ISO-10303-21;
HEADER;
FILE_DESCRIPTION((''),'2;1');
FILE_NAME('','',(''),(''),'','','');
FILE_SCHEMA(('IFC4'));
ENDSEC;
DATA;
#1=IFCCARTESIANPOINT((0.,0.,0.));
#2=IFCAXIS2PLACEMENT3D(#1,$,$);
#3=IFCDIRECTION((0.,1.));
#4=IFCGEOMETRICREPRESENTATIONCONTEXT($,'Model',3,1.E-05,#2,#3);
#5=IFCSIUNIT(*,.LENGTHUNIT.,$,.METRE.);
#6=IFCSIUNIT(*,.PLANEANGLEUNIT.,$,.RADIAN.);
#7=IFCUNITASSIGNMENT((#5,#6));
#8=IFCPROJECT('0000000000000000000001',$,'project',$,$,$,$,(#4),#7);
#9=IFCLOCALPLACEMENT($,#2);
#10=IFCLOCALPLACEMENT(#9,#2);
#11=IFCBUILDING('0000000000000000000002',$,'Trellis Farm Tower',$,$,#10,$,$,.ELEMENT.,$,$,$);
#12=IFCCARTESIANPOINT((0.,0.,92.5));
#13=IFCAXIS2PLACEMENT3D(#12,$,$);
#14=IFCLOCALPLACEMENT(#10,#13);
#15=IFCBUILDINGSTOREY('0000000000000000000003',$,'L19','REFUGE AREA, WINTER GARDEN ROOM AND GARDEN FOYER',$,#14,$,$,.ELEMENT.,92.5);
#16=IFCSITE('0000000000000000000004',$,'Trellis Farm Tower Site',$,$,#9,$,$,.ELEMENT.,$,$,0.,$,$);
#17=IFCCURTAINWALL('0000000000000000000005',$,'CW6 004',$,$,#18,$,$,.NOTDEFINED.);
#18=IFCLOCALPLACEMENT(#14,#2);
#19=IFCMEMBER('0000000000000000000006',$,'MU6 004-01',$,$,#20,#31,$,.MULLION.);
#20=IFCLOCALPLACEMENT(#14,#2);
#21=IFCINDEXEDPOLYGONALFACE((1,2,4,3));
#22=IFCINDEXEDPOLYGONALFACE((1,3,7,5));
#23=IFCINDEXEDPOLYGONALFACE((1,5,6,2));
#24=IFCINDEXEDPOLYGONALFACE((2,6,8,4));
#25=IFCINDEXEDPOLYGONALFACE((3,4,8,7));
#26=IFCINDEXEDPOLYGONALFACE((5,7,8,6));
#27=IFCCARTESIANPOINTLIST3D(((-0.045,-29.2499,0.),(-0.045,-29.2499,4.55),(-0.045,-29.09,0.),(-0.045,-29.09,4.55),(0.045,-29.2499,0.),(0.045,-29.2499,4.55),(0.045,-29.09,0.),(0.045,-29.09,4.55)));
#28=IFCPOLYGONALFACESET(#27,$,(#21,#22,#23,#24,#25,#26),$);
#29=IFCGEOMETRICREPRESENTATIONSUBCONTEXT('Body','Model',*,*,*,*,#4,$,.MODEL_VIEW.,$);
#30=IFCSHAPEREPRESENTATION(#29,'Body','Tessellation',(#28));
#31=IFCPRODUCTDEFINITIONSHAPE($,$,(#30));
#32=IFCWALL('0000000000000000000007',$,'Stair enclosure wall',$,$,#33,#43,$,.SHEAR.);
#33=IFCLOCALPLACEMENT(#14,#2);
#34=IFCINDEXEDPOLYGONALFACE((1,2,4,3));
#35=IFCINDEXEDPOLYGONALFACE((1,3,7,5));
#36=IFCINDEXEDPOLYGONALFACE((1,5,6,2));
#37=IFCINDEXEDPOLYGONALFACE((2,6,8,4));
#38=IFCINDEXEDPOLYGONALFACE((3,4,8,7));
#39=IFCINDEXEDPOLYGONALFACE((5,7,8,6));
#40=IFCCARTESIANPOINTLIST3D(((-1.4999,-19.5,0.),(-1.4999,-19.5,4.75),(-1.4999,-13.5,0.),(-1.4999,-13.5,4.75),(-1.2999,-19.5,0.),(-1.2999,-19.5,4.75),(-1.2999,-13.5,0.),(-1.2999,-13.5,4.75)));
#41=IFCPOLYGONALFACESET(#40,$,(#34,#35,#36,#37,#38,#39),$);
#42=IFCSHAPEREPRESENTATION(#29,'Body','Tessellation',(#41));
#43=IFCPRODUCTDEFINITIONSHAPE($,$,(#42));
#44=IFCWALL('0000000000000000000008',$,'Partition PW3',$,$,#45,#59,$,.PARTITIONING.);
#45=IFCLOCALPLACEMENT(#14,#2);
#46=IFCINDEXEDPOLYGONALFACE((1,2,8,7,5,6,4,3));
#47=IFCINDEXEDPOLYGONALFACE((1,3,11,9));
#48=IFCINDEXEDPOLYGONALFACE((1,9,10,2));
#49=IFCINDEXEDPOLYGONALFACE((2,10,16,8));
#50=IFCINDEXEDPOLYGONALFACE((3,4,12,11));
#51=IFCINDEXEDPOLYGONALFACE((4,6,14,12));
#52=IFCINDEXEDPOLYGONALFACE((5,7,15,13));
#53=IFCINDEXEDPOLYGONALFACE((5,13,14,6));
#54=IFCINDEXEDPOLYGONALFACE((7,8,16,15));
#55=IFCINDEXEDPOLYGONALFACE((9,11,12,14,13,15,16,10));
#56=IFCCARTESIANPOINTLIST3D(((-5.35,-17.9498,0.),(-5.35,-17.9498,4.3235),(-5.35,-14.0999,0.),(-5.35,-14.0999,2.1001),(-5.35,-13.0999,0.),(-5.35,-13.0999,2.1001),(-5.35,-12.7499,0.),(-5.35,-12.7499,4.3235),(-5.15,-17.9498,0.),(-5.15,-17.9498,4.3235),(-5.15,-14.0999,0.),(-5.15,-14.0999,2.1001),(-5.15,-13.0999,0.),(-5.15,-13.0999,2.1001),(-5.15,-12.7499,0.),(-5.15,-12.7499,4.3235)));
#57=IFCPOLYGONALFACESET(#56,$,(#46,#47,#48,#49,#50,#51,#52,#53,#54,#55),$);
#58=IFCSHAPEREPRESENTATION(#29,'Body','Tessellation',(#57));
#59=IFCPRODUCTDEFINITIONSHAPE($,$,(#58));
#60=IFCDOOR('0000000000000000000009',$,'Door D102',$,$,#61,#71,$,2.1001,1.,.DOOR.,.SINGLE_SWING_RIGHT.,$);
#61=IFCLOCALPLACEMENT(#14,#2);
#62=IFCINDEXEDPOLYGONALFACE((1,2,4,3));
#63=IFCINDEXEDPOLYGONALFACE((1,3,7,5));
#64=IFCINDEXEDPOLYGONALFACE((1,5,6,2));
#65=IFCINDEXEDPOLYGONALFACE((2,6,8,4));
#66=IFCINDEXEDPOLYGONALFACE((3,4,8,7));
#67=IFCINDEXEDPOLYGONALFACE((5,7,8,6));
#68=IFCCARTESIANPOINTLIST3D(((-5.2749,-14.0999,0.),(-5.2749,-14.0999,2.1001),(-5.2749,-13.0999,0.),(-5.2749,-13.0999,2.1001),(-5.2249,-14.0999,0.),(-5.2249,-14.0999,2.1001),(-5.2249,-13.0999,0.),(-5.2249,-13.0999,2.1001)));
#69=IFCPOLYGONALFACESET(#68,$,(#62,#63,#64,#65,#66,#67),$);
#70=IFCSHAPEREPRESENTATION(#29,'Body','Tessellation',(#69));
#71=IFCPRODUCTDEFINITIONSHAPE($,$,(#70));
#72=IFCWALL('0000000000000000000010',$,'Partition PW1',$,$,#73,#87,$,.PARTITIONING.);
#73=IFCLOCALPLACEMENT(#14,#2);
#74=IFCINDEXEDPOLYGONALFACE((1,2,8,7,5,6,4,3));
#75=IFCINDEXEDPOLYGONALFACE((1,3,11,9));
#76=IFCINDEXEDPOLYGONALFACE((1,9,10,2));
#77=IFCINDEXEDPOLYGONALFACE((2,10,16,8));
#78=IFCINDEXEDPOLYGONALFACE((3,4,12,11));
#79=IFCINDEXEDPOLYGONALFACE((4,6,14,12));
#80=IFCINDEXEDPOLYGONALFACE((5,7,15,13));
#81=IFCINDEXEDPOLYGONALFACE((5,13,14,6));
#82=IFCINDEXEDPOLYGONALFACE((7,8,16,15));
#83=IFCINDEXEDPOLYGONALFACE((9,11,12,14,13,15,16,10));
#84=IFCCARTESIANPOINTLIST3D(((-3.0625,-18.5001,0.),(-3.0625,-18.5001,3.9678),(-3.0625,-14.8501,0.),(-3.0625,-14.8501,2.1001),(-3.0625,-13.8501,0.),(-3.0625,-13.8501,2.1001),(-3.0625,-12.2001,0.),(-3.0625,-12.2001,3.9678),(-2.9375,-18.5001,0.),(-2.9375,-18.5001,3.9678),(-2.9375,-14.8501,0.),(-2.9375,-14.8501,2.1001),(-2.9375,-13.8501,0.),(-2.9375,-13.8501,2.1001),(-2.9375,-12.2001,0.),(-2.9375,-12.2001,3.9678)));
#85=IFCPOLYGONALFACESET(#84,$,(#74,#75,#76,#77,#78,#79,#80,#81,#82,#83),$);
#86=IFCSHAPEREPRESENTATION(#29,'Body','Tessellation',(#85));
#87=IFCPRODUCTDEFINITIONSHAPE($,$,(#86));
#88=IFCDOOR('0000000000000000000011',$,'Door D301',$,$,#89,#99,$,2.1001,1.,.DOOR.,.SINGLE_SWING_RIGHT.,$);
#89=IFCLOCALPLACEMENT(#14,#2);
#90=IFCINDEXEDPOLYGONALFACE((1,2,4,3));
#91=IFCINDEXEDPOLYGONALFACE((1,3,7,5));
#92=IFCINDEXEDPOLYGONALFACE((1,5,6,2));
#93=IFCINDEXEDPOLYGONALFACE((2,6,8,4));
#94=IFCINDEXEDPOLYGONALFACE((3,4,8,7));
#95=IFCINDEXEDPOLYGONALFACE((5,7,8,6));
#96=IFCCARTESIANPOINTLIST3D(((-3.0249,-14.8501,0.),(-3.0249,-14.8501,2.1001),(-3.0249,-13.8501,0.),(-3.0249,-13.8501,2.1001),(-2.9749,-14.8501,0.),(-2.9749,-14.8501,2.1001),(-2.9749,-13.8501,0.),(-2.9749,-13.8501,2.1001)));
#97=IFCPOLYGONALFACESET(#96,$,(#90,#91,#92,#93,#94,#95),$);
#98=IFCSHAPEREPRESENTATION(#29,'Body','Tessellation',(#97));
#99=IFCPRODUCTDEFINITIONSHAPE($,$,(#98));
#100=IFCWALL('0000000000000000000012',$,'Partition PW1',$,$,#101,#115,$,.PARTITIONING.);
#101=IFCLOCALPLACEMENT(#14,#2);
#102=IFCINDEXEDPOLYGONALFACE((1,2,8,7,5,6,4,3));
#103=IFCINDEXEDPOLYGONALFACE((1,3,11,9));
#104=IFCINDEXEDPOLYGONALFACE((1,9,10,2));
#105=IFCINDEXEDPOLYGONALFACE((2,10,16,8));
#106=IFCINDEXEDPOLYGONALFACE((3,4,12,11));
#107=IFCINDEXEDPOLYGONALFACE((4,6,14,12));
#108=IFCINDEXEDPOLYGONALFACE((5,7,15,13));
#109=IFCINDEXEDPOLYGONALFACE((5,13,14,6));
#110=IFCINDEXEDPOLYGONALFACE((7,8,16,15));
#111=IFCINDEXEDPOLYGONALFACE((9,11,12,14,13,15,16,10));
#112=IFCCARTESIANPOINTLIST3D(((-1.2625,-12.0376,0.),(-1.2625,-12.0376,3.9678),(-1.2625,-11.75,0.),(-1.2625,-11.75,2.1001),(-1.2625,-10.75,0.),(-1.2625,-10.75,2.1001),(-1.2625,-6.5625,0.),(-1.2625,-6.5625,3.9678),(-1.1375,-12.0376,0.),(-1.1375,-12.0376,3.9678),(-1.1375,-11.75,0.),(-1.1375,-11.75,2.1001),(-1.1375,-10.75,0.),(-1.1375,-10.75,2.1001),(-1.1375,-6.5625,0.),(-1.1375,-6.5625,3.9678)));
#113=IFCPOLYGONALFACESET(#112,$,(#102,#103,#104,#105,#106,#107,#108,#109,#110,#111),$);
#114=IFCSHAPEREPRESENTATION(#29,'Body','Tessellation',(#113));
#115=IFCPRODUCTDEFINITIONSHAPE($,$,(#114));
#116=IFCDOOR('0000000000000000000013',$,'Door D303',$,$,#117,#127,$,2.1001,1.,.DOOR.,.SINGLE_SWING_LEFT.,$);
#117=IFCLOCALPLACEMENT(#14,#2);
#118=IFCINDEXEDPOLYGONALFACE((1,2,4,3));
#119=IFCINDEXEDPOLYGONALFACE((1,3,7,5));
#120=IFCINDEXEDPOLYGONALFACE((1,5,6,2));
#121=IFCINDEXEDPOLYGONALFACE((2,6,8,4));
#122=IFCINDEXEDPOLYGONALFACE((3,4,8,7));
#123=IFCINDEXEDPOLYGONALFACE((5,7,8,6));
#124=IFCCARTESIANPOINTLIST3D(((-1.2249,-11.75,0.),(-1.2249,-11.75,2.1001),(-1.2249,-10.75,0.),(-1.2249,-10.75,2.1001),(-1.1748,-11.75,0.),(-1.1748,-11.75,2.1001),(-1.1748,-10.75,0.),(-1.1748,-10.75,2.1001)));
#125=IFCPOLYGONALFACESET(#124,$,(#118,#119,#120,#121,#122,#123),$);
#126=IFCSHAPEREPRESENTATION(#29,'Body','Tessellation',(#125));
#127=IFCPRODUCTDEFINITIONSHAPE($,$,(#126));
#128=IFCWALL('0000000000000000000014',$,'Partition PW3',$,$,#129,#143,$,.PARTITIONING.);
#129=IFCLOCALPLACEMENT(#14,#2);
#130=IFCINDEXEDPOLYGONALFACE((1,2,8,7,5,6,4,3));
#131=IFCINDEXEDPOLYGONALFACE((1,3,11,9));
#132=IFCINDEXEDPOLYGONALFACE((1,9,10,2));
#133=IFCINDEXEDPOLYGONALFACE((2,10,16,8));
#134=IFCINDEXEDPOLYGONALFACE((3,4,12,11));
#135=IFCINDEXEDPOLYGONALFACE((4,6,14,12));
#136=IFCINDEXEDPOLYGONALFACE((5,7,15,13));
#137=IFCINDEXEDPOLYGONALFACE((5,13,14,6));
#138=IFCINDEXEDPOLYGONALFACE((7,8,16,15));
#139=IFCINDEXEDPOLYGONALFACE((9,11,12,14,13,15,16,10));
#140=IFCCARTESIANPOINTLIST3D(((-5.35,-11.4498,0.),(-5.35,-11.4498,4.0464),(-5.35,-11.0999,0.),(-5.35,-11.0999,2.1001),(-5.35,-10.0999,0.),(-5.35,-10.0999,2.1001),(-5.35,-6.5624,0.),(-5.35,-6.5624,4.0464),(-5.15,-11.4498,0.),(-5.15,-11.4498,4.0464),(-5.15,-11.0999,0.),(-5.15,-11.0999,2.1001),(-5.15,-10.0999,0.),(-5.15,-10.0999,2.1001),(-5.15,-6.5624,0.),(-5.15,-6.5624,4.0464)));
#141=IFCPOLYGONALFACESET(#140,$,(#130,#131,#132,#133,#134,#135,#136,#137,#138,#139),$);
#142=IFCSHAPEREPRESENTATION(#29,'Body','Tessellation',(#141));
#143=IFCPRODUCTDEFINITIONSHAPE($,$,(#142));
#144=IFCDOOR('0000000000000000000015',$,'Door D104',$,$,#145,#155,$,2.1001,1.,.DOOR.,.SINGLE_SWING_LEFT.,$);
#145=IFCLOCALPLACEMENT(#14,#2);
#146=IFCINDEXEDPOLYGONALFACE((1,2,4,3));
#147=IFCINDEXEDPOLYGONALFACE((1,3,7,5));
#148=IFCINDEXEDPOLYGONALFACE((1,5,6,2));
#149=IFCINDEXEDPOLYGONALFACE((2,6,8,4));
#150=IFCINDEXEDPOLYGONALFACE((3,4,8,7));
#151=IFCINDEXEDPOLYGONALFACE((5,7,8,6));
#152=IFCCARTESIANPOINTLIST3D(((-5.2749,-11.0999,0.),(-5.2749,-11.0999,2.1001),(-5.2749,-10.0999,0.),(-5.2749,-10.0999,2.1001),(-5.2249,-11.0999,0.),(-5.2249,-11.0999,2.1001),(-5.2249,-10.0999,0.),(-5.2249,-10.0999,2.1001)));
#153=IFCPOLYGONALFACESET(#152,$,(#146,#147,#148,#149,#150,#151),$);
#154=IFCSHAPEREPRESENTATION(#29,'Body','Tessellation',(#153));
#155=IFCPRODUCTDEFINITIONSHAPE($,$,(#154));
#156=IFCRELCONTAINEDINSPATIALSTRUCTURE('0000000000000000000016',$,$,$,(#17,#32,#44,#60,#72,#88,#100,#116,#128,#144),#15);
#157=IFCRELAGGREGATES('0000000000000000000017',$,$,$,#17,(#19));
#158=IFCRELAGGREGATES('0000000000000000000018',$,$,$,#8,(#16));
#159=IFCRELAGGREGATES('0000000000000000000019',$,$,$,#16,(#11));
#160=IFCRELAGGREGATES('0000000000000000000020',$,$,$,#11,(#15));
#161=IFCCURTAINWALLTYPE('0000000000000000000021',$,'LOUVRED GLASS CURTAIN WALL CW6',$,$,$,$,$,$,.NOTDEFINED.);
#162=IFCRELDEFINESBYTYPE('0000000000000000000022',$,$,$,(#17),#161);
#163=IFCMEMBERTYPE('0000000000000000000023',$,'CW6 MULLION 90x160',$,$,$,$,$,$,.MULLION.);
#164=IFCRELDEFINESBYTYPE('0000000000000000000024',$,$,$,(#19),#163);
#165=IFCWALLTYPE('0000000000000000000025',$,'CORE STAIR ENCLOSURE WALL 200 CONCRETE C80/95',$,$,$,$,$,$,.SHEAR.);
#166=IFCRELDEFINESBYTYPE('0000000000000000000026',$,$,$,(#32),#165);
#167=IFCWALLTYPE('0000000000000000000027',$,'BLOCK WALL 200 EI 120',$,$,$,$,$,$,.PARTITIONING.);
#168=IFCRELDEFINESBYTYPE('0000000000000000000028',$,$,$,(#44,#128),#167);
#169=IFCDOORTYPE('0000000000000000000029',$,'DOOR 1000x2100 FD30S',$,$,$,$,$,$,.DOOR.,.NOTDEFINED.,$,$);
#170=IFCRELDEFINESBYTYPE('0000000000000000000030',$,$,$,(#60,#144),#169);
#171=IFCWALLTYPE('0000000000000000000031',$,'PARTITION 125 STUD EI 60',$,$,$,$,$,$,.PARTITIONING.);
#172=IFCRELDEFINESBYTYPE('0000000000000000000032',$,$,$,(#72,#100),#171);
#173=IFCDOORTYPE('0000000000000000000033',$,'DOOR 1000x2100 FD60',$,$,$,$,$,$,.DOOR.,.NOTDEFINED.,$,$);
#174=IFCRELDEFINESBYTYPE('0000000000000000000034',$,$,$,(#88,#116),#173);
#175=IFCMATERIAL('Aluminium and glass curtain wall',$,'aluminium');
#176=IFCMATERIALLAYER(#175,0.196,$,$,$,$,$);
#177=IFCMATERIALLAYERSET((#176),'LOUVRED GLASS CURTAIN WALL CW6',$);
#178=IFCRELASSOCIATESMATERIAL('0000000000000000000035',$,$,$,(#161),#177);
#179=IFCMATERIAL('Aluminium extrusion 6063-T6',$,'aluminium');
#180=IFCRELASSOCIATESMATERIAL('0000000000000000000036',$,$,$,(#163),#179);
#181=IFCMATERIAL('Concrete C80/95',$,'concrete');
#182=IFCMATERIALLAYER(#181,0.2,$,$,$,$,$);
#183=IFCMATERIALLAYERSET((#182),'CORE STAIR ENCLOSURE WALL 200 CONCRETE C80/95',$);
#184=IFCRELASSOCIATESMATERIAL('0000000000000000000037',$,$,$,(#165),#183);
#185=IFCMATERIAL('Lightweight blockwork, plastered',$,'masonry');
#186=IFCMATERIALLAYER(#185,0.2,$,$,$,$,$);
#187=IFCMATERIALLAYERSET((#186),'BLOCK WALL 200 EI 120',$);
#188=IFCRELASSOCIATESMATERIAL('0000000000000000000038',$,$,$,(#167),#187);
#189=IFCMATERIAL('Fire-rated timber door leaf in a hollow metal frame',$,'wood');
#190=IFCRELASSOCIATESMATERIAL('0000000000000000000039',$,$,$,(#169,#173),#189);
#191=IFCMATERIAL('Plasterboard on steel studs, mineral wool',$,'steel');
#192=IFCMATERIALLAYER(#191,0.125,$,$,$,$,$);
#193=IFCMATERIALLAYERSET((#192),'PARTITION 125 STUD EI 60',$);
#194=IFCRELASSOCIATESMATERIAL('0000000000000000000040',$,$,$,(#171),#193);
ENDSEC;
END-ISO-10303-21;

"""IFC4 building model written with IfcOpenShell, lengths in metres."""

from ifc_helpers import new_model, si_unit, direction, frame, frame_2d, origin, origin_2d, place, context, subcontext, project, spatial, rectangle, extrude, source, transform, mapped, material, layer, layer_set, material_profile, profile_set, type_object, element, fill, aggregate, save


model = new_model("IFC4")

# Units and contexts
model_context = context("Model", 3, precision=1e-05, world=origin(), true_north=direction((0.0, 1.0)))
body_context = subcontext(model_context, "Body", "Model", "MODEL_VIEW")
ifc_project = project(units=[si_unit("LENGTHUNIT", "METRE"), si_unit("PLANEANGLEUNIT", "RADIAN")], contexts=[model_context])

# Site, building, storey
site_placement = place(None, origin())
site = spatial("IfcSite", under=ifc_project, at=site_placement, Name="Trellis Farm Tower Site", CompositionType="ELEMENT", RefElevation=0.0)
building_placement = place(site_placement, origin())
building = spatial("IfcBuilding", under=site, at=building_placement, Name="Trellis Farm Tower", CompositionType="ELEMENT")
storey_placement = place(building_placement, frame((0.0, 0.0, 92.5)))
storey = spatial("IfcBuildingStorey", under=building, at=storey_placement, Name="L19", Description="REFUGE AREA, WINTER GARDEN ROOM AND GARDEN FOYER", CompositionType="ELEMENT", Elevation=92.5)

# Shared definitions
ifc_material_1 = material(Name="Concrete C80/95", Category="concrete")

# Curtain wall, member
ifc_material_2 = material(Name="Aluminium and glass curtain wall", Category="aluminium")
ifc_layer_1 = layer(ifc_material_2, 0.196)
ifc_layer_set_1 = layer_set([ifc_layer_1], Name="LOUVRED GLASS CURTAIN WALL CW6")
curtain_wall_type = type_object("IfcCurtainWallType", Name="LOUVRED GLASS CURTAIN WALL CW6", PredefinedType="NOTDEFINED", material=ifc_layer_set_1)
placement = place(storey_placement, origin())
curtain_wall = element("IfcCurtainWall", 1, at=placement, inside=storey, type_object=curtain_wall_type, Name="CW6 004", PredefinedType="NOTDEFINED")
ifc_material_3 = material(Name="Aluminium extrusion 6063-T6", Category="aluminium")
ifc_material_profile_1 = material_profile(ifc_material_3, rectangle(XDim=0.0901, YDim=0.1599, at=origin_2d()), Name="MULLION 90x160")
ifc_profile_set_1 = profile_set([ifc_material_profile_1], Name="Aluminium extrusion 6063-T6")
member_type_1 = type_object("IfcMemberType", Name="CW6 MULLION 90x160", PredefinedType="MULLION", material=ifc_profile_set_1)
shared_shape_1 = source(origin(), body_context, "Body", "SweptSolid", [
    extrude(rectangle(XDim=0.0901, YDim=0.1599, at=origin_2d()), origin(), (0.0, 0.0, 1.0), 4.55),
])
member_1_placement = place(storey_placement, frame((0.0, -29.1699, 0.0), z_axis=(0.0, 0.0, 1.0), x_axis=(1.0, 0.0, 0.0)))
member_1 = element("IfcMember", 2, at=member_1_placement, type_object=member_type_1, Name="MU6 004-01", PredefinedType="MULLION", context=body_context, shape_type="MappedRepresentation", body=[
    mapped(shared_shape_1, transform((0.0, 0.0, 0.0))),
])
aggregate(curtain_wall, [member_1])

# Wall
ifc_layer_2 = layer(ifc_material_1, 0.2)
ifc_layer_set_2 = layer_set([ifc_layer_2], Name="CORE STAIR ENCLOSURE WALL 200 CONCRETE C80/95")
wall_type_1 = type_object("IfcWallType", Name="CORE STAIR ENCLOSURE WALL 200 CONCRETE C80/95", PredefinedType="SHEAR", material=ifc_layer_set_2)
shared_shape_2 = source(origin(), body_context, "Body", "SweptSolid", [
    extrude(rectangle(XDim=6.0, YDim=0.2, at=frame_2d((3.0, 0.0))), origin(), (0.0, 0.0, 1.0), 4.75),
])
wall_1_placement = place(storey_placement, frame((-1.3999, -13.5, 0.0), z_axis=(0.0, 0.0, 1.0), x_axis=(0.0, -1.0, 0.0)))
element("IfcWall", 3, at=wall_1_placement, inside=storey, type_object=wall_type_1, Name="Stair enclosure wall", PredefinedType="SHEAR", context=body_context, shape_type="MappedRepresentation", body=[
    mapped(shared_shape_2, transform((0.0, 0.0, 0.0))),
])

# Walls, openings, doors
ifc_material_4 = material(Name="Lightweight blockwork, plastered", Category="masonry")
ifc_layer_3 = layer(ifc_material_4, 0.2)
ifc_layer_set_3 = layer_set([ifc_layer_3], Name="BLOCK WALL 200 EI 120")
wall_type_2 = type_object("IfcWallType", Name="BLOCK WALL 200 EI 120", PredefinedType="PARTITIONING", material=ifc_layer_set_3)
shared_shape_3 = source(origin(), body_context, "Body", "SweptSolid", [
    extrude(rectangle(XDim=5.2, YDim=0.2, at=frame_2d((2.6001, 0.0))), origin(), (0.0, 0.0, 1.0), 4.3235),
])
wall_2_placement = place(storey_placement, frame((-5.25, -17.95, 0.0), z_axis=(0.0, 0.0, 1.0), x_axis=(0.0, 1.0, 0.0)))
wall_2 = element("IfcWall", 4, at=wall_2_placement, inside=storey, type_object=wall_type_2, Name="Partition PW3", PredefinedType="PARTITIONING", context=body_context, shape_type="MappedRepresentation", body=[
    mapped(shared_shape_3, transform((0.0, 0.0, 0.0))),
])
shared_shape_4 = source(origin(), body_context, "Body", "SweptSolid", [
    extrude(rectangle(XDim=1.0, YDim=2.1001, at=frame_2d((0.5, 1.05))), frame((0.0, 0.1101, 0.0), z_axis=(0.0, -1.0, 0.0), x_axis=(1.0, 0.0, 0.0)), (0.0, 0.0, 1.0), 0.2202),
])
opening_1_placement = place(wall_2_placement, frame((3.8501, 0.0, 0.0)))
opening_1 = element("IfcOpeningElement", 5, at=opening_1_placement, cuts=wall_2, PredefinedType="OPENING", context=body_context, shape_type="MappedRepresentation", body=[
    mapped(shared_shape_4, transform((0.0, 0.0, 0.0))),
])
ifc_material_5 = material(Name="Fire-rated timber door leaf in a hollow metal frame", Category="wood")
door_type_1 = type_object("IfcDoorType", Name="DOOR 1000x2100 FD30S", OperationType="NOTDEFINED", PredefinedType="DOOR", material=ifc_material_5)
shared_shape_5 = source(origin(), body_context, "Body", "SweptSolid", [
    extrude(rectangle(XDim=1.0, YDim=2.1001, at=frame_2d((0.5, 1.05))), frame((0.0, 0.0249, 0.0), z_axis=(0.0, -1.0, 0.0), x_axis=(1.0, 0.0, 0.0)), (0.0, 0.0, 1.0), 0.05),
])
door_1_placement = place(opening_1_placement, origin())
door_1 = element("IfcDoor", 6, at=door_1_placement, inside=storey, type_object=door_type_1, Name="Door D102", OperationType="SINGLE_SWING_RIGHT", OverallHeight=2.1001, OverallWidth=1.0, PredefinedType="DOOR", context=body_context, shape_type="MappedRepresentation", body=[
    mapped(shared_shape_5, transform((0.0, 0.0, 0.0))),
])
fill(opening_1, door_1)
ifc_material_6 = material(Name="Plasterboard on steel studs, mineral wool", Category="steel")
ifc_layer_4 = layer(ifc_material_6, 0.125)
ifc_layer_set_4 = layer_set([ifc_layer_4], Name="PARTITION 125 STUD EI 60")
wall_type_3 = type_object("IfcWallType", Name="PARTITION 125 STUD EI 60", PredefinedType="PARTITIONING", material=ifc_layer_set_4)
shared_shape_6 = source(origin(), body_context, "Body", "SweptSolid", [
    extrude(rectangle(XDim=6.3, YDim=0.125, at=frame_2d((3.1499, 0.0))), origin(), (0.0, 0.0, 1.0), 3.9678),
])
wall_3_placement = place(storey_placement, frame((-3.0, -18.5, 0.0), z_axis=(0.0, 0.0, 1.0), x_axis=(0.0, 1.0, 0.0)))
wall_3 = element("IfcWall", 7, at=wall_3_placement, inside=storey, type_object=wall_type_3, Name="Partition PW1", PredefinedType="PARTITIONING", context=body_context, shape_type="MappedRepresentation", body=[
    mapped(shared_shape_6, transform((0.0, 0.0, 0.0))),
])
shared_shape_7 = source(origin(), body_context, "Body", "SweptSolid", [
    extrude(rectangle(XDim=1.0, YDim=2.1001, at=frame_2d((0.5, 1.05))), frame((0.0, 0.0725, 0.0), z_axis=(0.0, -1.0, 0.0), x_axis=(1.0, 0.0, 0.0)), (0.0, 0.0, 1.0), 0.145),
])
opening_2_placement = place(wall_3_placement, frame((3.6499, 0.0, 0.0)))
opening_2 = element("IfcOpeningElement", 8, at=opening_2_placement, cuts=wall_3, PredefinedType="OPENING", context=body_context, shape_type="MappedRepresentation", body=[
    mapped(shared_shape_7, transform((0.0, 0.0, 0.0))),
])
door_type_2 = type_object("IfcDoorType", Name="DOOR 1000x2100 FD60", OperationType="NOTDEFINED", PredefinedType="DOOR", material=ifc_material_5)
door_2_placement = place(opening_2_placement, origin())
door_2 = element("IfcDoor", 9, at=door_2_placement, inside=storey, type_object=door_type_2, Name="Door D301", OperationType="SINGLE_SWING_RIGHT", OverallHeight=2.1001, OverallWidth=1.0, PredefinedType="DOOR", context=body_context, shape_type="MappedRepresentation", body=[
    mapped(shared_shape_5, transform((0.0, 0.0, 0.0))),
])
fill(opening_2, door_2)
shared_shape_8 = source(origin(), body_context, "Body", "SweptSolid", [
    extrude(rectangle(XDim=5.4751, YDim=0.125, at=frame_2d((2.7375, 0.0))), origin(), (0.0, 0.0, 1.0), 3.9678),
])
wall_4_placement = place(storey_placement, frame((-1.2, -12.0376, 0.0), z_axis=(0.0, 0.0, 1.0), x_axis=(0.0, 1.0, 0.0)))
wall_4 = element("IfcWall", 10, at=wall_4_placement, inside=storey, type_object=wall_type_3, Name="Partition PW1", PredefinedType="PARTITIONING", context=body_context, shape_type="MappedRepresentation", body=[
    mapped(shared_shape_8, transform((0.0, 0.0, 0.0))),
])
opening_3_placement = place(wall_4_placement, frame((0.2876, 0.0, 0.0)))
opening_3 = element("IfcOpeningElement", 11, at=opening_3_placement, cuts=wall_4, PredefinedType="OPENING", context=body_context, shape_type="MappedRepresentation", body=[
    mapped(shared_shape_7, transform((0.0, 0.0, 0.0))),
])
door_3_placement = place(opening_3_placement, origin())
door_3 = element("IfcDoor", 12, at=door_3_placement, inside=storey, type_object=door_type_2, Name="Door D303", OperationType="SINGLE_SWING_LEFT", OverallHeight=2.1001, OverallWidth=1.0, PredefinedType="DOOR", context=body_context, shape_type="MappedRepresentation", body=[
    mapped(shared_shape_5, transform((0.0, 0.0, 0.0))),
])
fill(opening_3, door_3)
shared_shape_9 = source(origin(), body_context, "Body", "SweptSolid", [
    extrude(rectangle(XDim=4.8875, YDim=0.2, at=frame_2d((2.4438, 0.0))), origin(), (0.0, 0.0, 1.0), 4.0464),
])
wall_5_placement = place(storey_placement, frame((-5.25, -11.45, 0.0), z_axis=(0.0, 0.0, 1.0), x_axis=(0.0, 1.0, 0.0)))
wall_5 = element("IfcWall", 13, at=wall_5_placement, inside=storey, type_object=wall_type_2, Name="Partition PW3", PredefinedType="PARTITIONING", context=body_context, shape_type="MappedRepresentation", body=[
    mapped(shared_shape_9, transform((0.0, 0.0, 0.0))),
])
opening_4_placement = place(wall_5_placement, frame((0.3501, 0.0, 0.0)))
opening_4 = element("IfcOpeningElement", 14, at=opening_4_placement, cuts=wall_5, PredefinedType="OPENING", context=body_context, shape_type="MappedRepresentation", body=[
    mapped(shared_shape_4, transform((0.0, 0.0, 0.0))),
])
door_4_placement = place(opening_4_placement, origin())
door_4 = element("IfcDoor", 15, at=door_4_placement, inside=storey, type_object=door_type_1, Name="Door D104", OperationType="SINGLE_SWING_LEFT", OverallHeight=2.1001, OverallWidth=1.0, PredefinedType="DOOR", context=body_context, shape_type="MappedRepresentation", body=[
    mapped(shared_shape_5, transform((0.0, 0.0, 0.0))),
])
fill(opening_4, door_4)

save(model, "model.ifc")
